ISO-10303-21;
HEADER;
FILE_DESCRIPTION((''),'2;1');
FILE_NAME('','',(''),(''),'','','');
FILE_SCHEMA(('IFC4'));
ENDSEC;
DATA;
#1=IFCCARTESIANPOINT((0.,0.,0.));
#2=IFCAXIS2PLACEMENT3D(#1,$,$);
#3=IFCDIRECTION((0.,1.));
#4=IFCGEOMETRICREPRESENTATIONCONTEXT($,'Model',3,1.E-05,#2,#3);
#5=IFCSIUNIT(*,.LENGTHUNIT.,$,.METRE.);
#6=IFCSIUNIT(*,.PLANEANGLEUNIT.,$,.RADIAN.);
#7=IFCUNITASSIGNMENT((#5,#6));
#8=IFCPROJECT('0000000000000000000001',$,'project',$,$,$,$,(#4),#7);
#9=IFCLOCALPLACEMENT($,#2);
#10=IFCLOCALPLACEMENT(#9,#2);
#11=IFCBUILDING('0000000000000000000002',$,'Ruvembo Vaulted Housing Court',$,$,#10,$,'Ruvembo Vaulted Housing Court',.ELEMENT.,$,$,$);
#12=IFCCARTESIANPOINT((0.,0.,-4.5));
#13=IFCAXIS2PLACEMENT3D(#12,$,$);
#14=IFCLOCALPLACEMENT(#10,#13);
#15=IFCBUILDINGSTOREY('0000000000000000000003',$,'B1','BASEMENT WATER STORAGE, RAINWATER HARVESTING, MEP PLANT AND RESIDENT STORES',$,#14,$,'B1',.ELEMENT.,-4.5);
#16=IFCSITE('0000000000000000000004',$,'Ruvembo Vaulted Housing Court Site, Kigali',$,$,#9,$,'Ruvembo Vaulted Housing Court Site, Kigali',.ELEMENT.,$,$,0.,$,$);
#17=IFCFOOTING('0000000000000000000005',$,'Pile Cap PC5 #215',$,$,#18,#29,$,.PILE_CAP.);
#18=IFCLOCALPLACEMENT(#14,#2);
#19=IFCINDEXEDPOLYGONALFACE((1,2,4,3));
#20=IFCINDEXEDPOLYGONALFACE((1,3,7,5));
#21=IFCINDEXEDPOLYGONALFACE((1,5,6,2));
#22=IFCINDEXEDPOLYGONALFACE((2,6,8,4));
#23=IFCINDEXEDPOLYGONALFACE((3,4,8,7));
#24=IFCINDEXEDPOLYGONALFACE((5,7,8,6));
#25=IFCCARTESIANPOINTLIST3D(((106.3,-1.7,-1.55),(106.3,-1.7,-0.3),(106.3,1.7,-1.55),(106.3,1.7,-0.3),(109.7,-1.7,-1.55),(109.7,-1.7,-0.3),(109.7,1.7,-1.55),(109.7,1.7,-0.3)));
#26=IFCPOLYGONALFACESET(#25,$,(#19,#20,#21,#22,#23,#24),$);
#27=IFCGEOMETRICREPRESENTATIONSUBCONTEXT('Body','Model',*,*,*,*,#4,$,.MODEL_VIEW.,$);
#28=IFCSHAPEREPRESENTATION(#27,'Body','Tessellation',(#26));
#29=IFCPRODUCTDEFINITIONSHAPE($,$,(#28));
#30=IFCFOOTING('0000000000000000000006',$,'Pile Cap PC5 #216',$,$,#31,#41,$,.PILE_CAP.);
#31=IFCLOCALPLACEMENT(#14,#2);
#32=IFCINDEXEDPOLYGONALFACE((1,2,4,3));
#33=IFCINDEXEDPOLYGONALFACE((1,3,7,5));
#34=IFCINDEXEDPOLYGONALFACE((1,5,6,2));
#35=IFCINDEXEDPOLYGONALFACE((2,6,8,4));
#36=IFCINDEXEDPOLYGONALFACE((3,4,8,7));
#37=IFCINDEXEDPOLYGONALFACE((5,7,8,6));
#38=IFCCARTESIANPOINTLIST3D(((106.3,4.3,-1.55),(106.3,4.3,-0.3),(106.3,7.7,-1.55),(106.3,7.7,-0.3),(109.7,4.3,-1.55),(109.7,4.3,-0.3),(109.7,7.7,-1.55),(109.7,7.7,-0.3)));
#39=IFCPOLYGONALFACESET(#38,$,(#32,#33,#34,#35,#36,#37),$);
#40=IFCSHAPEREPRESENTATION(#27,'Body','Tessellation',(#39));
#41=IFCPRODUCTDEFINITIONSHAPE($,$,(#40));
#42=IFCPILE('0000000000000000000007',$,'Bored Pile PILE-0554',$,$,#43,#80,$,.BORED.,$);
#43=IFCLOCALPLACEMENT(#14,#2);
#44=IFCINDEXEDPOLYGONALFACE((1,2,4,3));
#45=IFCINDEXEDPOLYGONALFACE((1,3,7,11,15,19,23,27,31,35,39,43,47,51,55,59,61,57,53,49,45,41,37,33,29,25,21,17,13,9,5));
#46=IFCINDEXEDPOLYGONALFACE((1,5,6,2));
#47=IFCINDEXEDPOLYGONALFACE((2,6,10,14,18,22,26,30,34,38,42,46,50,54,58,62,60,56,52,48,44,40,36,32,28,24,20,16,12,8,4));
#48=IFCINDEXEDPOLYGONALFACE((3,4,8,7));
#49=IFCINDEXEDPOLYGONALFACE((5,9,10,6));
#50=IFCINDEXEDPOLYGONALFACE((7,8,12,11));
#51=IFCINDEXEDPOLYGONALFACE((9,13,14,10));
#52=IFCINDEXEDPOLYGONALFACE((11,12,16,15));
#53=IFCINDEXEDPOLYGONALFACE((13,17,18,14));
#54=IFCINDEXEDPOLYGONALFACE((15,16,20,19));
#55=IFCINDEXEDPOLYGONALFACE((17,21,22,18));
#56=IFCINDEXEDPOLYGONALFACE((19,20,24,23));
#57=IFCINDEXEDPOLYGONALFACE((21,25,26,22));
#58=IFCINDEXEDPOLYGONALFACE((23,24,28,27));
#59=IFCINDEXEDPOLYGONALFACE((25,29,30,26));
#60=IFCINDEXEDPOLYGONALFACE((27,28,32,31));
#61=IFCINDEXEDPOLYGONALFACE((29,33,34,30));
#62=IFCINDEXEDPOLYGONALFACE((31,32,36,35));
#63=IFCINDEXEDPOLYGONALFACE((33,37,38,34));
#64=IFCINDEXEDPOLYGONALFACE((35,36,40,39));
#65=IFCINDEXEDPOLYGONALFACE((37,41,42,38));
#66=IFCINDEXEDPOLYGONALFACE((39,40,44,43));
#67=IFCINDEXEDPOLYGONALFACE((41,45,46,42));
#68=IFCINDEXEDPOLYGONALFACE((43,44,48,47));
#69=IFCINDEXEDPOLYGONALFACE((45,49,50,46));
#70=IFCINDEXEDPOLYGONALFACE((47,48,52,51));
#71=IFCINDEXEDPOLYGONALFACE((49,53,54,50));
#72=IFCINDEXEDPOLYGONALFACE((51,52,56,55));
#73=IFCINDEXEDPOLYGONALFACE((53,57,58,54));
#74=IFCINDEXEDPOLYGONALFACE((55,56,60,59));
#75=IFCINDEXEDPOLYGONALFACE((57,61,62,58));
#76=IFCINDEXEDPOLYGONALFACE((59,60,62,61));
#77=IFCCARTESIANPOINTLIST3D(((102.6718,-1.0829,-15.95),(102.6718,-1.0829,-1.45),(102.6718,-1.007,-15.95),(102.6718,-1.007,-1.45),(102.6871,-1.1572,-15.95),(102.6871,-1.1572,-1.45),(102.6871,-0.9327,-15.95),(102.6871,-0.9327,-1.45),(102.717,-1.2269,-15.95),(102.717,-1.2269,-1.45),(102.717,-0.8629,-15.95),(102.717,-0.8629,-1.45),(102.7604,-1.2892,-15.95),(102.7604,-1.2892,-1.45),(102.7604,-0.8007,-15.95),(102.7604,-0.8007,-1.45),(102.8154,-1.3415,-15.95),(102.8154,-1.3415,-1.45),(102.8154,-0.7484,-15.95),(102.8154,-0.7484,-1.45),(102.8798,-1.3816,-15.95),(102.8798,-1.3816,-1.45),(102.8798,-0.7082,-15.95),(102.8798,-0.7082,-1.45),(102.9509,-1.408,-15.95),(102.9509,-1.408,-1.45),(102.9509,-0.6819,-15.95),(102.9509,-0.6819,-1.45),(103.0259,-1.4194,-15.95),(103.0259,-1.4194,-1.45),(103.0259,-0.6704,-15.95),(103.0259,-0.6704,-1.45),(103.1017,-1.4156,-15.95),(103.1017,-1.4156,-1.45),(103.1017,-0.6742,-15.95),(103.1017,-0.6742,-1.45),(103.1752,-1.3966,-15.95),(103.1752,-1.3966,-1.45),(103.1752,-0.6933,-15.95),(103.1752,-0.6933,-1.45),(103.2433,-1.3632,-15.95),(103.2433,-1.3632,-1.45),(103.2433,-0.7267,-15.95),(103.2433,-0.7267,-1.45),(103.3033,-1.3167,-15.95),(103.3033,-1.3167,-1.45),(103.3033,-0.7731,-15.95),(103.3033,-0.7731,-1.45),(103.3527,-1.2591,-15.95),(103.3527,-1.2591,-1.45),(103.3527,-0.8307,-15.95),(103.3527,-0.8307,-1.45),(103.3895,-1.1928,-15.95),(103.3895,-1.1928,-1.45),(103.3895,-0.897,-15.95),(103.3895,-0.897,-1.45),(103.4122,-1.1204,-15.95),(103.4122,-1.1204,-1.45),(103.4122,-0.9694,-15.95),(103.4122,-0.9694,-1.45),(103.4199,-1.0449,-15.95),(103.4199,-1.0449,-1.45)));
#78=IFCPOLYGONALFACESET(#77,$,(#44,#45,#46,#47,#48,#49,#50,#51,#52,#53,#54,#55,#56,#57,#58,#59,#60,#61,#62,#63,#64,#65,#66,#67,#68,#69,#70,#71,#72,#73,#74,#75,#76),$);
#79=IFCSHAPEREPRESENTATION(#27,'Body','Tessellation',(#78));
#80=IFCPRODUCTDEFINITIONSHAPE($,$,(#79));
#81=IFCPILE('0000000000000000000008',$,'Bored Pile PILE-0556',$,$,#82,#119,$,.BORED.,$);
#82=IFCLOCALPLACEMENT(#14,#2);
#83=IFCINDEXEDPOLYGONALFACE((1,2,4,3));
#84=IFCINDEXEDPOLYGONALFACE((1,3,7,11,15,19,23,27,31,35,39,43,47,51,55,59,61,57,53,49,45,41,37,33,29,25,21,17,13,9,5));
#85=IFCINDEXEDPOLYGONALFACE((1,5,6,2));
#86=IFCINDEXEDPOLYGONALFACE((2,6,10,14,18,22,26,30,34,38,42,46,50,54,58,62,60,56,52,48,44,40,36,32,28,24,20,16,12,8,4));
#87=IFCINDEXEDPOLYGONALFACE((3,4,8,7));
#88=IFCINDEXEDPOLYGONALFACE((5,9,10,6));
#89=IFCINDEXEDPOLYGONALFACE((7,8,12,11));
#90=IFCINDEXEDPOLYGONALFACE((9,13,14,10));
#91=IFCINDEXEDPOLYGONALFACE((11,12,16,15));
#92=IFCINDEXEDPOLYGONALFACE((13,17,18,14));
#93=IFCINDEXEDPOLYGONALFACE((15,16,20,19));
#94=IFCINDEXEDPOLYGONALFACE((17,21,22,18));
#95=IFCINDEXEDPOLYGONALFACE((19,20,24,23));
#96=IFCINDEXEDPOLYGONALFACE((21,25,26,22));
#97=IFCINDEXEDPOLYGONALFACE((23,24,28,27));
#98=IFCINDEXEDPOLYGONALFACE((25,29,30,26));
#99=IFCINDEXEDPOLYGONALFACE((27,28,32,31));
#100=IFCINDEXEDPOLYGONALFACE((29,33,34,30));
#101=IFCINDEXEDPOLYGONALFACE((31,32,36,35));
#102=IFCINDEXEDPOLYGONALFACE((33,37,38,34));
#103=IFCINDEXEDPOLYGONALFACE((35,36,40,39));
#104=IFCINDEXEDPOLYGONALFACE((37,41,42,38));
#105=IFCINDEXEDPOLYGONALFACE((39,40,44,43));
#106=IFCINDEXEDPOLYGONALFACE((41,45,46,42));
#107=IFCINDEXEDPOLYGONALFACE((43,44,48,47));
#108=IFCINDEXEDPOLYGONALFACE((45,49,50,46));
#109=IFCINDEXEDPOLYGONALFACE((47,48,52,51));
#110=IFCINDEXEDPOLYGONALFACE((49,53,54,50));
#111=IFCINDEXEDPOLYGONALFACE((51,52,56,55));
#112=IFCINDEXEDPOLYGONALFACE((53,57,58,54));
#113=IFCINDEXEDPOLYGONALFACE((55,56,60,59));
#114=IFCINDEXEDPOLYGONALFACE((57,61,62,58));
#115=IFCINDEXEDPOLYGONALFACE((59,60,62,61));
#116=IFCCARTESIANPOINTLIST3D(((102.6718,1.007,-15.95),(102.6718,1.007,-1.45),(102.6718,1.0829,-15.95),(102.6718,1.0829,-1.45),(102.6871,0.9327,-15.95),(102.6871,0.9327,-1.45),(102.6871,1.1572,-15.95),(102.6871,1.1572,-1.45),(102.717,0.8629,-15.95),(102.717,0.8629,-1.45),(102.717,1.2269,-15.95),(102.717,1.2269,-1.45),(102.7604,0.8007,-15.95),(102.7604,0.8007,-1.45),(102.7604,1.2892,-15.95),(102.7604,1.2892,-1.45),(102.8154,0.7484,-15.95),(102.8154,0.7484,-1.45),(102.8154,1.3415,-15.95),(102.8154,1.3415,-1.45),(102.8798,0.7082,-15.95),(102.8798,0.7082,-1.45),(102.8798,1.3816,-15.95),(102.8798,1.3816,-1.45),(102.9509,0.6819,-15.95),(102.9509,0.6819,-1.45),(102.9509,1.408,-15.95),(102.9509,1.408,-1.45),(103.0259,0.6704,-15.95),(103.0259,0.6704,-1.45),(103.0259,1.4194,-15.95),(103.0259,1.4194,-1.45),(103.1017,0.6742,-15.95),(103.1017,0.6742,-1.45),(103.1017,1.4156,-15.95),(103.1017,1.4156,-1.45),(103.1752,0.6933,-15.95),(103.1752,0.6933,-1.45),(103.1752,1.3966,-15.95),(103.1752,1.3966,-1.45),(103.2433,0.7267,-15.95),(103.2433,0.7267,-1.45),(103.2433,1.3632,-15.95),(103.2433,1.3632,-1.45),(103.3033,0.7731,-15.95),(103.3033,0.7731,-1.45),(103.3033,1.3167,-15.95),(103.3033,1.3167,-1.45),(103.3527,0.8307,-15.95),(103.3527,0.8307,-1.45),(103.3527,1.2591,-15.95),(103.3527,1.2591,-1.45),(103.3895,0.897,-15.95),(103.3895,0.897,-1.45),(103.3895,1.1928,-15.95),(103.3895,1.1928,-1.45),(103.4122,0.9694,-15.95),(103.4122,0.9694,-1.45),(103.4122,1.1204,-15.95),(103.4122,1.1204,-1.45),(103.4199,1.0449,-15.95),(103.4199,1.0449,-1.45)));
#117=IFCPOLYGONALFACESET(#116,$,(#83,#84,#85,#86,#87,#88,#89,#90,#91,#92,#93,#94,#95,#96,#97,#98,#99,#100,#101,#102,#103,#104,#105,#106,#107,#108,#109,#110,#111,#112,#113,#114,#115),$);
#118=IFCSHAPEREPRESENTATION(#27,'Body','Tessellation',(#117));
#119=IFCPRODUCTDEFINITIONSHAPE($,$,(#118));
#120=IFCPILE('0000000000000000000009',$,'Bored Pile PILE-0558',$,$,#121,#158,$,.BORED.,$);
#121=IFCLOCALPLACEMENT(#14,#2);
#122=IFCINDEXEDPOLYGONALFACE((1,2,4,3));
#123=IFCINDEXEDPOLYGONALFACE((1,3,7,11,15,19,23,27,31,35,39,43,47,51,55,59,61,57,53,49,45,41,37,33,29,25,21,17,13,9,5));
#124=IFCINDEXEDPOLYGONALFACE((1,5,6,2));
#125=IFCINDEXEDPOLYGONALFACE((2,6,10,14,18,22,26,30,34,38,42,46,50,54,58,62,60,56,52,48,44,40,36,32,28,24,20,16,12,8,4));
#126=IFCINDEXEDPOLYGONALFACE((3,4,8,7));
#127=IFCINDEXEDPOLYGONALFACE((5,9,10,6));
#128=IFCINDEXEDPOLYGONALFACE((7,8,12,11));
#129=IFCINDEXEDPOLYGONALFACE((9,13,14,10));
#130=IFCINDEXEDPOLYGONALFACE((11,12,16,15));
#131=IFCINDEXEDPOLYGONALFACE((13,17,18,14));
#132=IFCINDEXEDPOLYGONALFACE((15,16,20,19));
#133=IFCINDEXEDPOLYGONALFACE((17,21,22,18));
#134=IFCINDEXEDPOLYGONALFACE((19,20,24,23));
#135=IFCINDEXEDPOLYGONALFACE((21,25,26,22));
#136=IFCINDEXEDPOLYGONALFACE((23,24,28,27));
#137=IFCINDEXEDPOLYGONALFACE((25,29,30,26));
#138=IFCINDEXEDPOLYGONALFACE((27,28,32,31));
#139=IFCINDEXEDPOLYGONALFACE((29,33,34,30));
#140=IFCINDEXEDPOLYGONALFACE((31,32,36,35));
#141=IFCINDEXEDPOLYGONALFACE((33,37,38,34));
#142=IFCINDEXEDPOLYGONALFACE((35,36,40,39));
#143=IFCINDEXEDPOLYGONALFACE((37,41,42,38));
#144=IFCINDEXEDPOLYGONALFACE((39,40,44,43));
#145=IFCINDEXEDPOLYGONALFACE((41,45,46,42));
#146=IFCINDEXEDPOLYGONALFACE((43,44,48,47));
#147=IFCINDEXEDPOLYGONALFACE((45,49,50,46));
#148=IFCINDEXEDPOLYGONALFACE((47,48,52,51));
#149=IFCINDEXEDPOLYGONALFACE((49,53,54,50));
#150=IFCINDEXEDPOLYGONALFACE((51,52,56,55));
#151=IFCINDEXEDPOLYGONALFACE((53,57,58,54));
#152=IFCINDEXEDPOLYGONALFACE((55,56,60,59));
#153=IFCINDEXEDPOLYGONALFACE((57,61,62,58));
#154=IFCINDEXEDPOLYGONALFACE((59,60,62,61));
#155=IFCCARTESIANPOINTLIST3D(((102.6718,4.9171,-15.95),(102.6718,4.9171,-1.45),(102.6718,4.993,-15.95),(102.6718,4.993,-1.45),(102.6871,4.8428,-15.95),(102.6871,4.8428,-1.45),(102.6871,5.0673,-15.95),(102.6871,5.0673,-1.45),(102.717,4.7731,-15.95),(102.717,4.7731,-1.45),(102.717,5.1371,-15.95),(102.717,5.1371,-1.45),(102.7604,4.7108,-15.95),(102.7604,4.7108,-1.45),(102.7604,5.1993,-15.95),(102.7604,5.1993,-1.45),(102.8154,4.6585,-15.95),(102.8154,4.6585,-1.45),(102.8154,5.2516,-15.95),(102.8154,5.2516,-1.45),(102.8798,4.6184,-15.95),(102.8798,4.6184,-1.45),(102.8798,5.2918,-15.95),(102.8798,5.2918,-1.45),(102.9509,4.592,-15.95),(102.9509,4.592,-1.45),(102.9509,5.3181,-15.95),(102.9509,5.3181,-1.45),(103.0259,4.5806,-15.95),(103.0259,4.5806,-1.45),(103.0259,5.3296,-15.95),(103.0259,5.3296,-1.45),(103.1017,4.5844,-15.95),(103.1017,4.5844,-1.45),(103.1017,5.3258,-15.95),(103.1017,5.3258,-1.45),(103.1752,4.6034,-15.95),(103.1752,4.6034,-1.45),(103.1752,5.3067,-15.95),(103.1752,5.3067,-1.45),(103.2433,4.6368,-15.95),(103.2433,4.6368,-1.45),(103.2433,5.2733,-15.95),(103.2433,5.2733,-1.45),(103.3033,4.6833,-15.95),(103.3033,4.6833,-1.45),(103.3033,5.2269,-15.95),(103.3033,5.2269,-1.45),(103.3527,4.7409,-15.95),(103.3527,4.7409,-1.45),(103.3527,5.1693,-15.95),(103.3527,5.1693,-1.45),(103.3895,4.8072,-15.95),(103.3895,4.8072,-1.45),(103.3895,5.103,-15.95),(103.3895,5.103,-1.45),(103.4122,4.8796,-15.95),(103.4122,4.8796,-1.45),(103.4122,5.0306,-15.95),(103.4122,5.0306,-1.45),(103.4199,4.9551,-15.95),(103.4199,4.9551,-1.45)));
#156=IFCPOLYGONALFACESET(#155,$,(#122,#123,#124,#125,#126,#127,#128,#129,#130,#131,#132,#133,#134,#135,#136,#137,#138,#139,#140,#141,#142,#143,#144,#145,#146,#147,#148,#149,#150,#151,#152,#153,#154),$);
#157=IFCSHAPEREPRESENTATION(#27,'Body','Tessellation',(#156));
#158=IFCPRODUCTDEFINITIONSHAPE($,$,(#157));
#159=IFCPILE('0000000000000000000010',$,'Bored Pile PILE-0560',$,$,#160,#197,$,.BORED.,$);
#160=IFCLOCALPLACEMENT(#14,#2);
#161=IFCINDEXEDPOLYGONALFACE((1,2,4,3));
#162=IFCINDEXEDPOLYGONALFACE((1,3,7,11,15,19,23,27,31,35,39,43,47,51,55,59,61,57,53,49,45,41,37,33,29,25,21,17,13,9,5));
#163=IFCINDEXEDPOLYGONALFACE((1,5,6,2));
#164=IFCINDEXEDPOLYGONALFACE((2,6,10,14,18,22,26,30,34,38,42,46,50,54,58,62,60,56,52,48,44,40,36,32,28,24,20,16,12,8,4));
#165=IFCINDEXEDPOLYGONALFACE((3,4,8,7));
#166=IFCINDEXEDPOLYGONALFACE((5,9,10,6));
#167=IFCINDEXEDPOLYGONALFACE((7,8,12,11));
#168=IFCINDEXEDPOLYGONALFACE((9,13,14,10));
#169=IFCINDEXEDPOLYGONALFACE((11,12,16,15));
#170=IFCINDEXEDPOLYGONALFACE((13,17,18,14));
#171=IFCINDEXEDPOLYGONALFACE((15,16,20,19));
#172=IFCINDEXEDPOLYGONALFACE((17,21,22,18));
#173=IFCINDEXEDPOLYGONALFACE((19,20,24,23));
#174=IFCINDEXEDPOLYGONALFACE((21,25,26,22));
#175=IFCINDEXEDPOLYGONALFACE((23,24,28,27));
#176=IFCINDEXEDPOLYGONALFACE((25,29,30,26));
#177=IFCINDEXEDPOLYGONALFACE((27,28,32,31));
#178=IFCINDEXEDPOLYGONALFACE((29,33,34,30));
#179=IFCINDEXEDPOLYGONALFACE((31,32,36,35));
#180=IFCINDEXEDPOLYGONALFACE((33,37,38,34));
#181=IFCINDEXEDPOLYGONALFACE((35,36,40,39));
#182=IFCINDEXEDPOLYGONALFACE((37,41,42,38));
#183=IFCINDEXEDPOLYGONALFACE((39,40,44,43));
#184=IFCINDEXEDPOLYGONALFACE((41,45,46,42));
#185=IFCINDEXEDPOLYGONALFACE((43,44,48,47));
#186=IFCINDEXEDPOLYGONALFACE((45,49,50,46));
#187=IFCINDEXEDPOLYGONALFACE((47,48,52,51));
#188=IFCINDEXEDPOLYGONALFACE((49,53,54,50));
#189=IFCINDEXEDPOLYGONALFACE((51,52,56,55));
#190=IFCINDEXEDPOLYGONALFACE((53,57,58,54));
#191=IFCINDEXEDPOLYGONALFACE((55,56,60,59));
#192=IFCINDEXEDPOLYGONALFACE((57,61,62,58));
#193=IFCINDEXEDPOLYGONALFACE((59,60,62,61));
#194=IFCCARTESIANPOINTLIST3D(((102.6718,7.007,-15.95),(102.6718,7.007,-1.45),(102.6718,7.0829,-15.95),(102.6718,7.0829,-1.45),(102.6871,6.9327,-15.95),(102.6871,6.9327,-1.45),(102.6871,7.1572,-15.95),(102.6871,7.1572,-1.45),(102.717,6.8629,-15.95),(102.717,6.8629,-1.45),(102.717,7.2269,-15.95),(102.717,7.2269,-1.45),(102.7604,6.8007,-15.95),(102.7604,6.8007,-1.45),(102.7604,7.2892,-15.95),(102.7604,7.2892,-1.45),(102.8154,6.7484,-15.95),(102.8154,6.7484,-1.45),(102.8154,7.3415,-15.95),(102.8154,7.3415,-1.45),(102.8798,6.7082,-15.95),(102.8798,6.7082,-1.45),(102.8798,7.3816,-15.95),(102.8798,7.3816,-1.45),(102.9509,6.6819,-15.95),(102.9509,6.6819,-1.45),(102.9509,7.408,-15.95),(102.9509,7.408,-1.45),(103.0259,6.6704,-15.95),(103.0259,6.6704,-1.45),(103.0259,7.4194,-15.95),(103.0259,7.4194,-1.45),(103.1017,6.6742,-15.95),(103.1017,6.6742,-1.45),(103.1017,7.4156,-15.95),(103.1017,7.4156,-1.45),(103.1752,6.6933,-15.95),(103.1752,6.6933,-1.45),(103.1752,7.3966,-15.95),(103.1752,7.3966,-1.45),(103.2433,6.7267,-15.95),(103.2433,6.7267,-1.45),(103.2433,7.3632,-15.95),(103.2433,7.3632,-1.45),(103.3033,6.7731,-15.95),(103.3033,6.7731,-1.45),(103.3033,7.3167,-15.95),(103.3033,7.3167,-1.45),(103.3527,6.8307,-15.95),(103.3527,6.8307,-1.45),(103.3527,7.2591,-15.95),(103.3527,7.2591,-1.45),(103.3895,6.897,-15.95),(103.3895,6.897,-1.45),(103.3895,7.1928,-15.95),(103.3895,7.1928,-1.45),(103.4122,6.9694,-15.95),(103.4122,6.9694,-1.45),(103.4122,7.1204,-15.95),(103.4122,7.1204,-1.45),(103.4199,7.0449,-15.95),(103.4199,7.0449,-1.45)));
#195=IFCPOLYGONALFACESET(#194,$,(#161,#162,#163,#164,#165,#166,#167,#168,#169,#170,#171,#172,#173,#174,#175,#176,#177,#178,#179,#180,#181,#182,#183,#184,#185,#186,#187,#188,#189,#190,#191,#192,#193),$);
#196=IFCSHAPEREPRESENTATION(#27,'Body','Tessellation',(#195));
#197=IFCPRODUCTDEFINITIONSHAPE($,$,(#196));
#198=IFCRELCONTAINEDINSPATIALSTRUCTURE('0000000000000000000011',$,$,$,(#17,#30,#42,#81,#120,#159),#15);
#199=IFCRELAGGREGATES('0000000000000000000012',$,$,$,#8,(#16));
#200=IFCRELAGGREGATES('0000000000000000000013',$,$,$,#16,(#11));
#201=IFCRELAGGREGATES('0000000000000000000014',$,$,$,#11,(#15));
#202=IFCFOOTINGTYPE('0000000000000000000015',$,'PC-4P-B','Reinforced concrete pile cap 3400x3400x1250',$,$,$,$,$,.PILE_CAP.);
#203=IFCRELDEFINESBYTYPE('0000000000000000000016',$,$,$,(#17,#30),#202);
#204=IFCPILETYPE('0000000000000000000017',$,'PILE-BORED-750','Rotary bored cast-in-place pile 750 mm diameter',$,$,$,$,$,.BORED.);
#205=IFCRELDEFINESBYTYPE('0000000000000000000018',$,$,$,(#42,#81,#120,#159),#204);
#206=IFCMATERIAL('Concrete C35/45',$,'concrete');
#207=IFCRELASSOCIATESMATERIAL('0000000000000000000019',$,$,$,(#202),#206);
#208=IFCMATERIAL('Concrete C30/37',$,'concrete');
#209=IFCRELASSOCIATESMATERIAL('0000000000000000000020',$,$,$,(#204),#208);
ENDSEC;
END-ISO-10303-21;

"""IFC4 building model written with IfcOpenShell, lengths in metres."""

from ifc_helpers import new_model, si_unit, direction, frame, origin, origin_2d, place, context, subcontext, project, spatial, rectangle, circle, extrude, material, material_profile, profile_set, type_object, element, save


model = new_model("IFC4")

# Units and contexts
model_context = context("Model", 3, precision=1e-05, world=origin(), true_north=direction((0.0, 1.0)))
body_context = subcontext(model_context, "Body", "Model", "MODEL_VIEW")
ifc_project = project(units=[si_unit("LENGTHUNIT", "METRE"), si_unit("PLANEANGLEUNIT", "RADIAN")], contexts=[model_context])

# Site, building, storey
site_placement = place(None, origin())
site = spatial("IfcSite", under=ifc_project, at=site_placement, Name="Ruvembo Vaulted Housing Court Site, Kigali", LongName="Ruvembo Vaulted Housing Court Site, Kigali", CompositionType="ELEMENT", RefElevation=0.0)
building_placement = place(site_placement, origin())
building = spatial("IfcBuilding", under=site, at=building_placement, Name="Ruvembo Vaulted Housing Court", LongName="Ruvembo Vaulted Housing Court", CompositionType="ELEMENT")
storey_placement = place(building_placement, frame((0.0, 0.0, -4.5)))
storey = spatial("IfcBuildingStorey", under=building, at=storey_placement, Name="B1", Description="BASEMENT WATER STORAGE, RAINWATER HARVESTING, MEP PLANT AND RESIDENT STORES", LongName="B1", CompositionType="ELEMENT", Elevation=-4.5)

# Footings
ifc_material_1 = material(Name="Concrete C35/45", Category="concrete")
footing_type = type_object("IfcFootingType", Name="PC-4P-B", Description="Reinforced concrete pile cap 3400x3400x1250", PredefinedType="PILE_CAP", material=ifc_material_1)
for number, where, z_axis, x_axis, name in (
    (1, (108.0, 0.0, -1.55), (0.0, 0.0, 1.0), (1.0, 0.0, 0.0), "Pile Cap PC5 #215"),
    (2, (108.0, 6.0, -1.55), (0.0, 0.0, 1.0), (1.0, 0.0, 0.0), "Pile Cap PC5 #216"),
):
    element("IfcFooting", number, at=place(storey_placement, frame(where, z_axis=z_axis, x_axis=x_axis)), inside=storey, type_object=footing_type, Name=name, PredefinedType="PILE_CAP", context=body_context, shape_type="SweptSolid", body=[
        extrude(rectangle(XDim=3.3999, YDim=3.3999, at=origin_2d()), origin(), (0.0, 0.0, 1.0), 1.25),
    ])

# Piles
ifc_material_2 = material(Name="Concrete C30/37", Category="concrete")
ifc_material_profile_1 = material_profile(ifc_material_2, circle(Radius=0.375, at=origin_2d()), Name="PILE D750")
ifc_profile_set_1 = profile_set([ifc_material_profile_1], Name="Concrete C30/37")
pile_type = type_object("IfcPileType", Name="PILE-BORED-750", Description="Rotary bored cast-in-place pile 750 mm diameter", PredefinedType="BORED", material=ifc_profile_set_1)
for number, where, z_axis, x_axis, name in (
    (3, (103.0449, -1.0449, -1.45), (0.0, 0.0, -1.0), (1.0, 0.0, 0.0), "Bored Pile PILE-0554"),
    (4, (103.0449, 1.0449, -1.45), (0.0, 0.0, -1.0), (1.0, 0.0, 0.0), "Bored Pile PILE-0556"),
    (5, (103.0449, 4.9551, -1.45), (0.0, 0.0, -1.0), (1.0, 0.0, 0.0), "Bored Pile PILE-0558"),
    (6, (103.0449, 7.0449, -1.45), (0.0, 0.0, -1.0), (1.0, 0.0, 0.0), "Bored Pile PILE-0560"),
):
    element("IfcPile", number, at=place(storey_placement, frame(where, z_axis=z_axis, x_axis=x_axis)), inside=storey, type_object=pile_type, Name=name, PredefinedType="BORED", context=body_context, shape_type="SweptSolid", body=[
        extrude(circle(Radius=0.375, at=origin_2d()), origin(), (0.0, 0.0, 1.0), 14.5),
    ])

save(model, "model.ifc")
